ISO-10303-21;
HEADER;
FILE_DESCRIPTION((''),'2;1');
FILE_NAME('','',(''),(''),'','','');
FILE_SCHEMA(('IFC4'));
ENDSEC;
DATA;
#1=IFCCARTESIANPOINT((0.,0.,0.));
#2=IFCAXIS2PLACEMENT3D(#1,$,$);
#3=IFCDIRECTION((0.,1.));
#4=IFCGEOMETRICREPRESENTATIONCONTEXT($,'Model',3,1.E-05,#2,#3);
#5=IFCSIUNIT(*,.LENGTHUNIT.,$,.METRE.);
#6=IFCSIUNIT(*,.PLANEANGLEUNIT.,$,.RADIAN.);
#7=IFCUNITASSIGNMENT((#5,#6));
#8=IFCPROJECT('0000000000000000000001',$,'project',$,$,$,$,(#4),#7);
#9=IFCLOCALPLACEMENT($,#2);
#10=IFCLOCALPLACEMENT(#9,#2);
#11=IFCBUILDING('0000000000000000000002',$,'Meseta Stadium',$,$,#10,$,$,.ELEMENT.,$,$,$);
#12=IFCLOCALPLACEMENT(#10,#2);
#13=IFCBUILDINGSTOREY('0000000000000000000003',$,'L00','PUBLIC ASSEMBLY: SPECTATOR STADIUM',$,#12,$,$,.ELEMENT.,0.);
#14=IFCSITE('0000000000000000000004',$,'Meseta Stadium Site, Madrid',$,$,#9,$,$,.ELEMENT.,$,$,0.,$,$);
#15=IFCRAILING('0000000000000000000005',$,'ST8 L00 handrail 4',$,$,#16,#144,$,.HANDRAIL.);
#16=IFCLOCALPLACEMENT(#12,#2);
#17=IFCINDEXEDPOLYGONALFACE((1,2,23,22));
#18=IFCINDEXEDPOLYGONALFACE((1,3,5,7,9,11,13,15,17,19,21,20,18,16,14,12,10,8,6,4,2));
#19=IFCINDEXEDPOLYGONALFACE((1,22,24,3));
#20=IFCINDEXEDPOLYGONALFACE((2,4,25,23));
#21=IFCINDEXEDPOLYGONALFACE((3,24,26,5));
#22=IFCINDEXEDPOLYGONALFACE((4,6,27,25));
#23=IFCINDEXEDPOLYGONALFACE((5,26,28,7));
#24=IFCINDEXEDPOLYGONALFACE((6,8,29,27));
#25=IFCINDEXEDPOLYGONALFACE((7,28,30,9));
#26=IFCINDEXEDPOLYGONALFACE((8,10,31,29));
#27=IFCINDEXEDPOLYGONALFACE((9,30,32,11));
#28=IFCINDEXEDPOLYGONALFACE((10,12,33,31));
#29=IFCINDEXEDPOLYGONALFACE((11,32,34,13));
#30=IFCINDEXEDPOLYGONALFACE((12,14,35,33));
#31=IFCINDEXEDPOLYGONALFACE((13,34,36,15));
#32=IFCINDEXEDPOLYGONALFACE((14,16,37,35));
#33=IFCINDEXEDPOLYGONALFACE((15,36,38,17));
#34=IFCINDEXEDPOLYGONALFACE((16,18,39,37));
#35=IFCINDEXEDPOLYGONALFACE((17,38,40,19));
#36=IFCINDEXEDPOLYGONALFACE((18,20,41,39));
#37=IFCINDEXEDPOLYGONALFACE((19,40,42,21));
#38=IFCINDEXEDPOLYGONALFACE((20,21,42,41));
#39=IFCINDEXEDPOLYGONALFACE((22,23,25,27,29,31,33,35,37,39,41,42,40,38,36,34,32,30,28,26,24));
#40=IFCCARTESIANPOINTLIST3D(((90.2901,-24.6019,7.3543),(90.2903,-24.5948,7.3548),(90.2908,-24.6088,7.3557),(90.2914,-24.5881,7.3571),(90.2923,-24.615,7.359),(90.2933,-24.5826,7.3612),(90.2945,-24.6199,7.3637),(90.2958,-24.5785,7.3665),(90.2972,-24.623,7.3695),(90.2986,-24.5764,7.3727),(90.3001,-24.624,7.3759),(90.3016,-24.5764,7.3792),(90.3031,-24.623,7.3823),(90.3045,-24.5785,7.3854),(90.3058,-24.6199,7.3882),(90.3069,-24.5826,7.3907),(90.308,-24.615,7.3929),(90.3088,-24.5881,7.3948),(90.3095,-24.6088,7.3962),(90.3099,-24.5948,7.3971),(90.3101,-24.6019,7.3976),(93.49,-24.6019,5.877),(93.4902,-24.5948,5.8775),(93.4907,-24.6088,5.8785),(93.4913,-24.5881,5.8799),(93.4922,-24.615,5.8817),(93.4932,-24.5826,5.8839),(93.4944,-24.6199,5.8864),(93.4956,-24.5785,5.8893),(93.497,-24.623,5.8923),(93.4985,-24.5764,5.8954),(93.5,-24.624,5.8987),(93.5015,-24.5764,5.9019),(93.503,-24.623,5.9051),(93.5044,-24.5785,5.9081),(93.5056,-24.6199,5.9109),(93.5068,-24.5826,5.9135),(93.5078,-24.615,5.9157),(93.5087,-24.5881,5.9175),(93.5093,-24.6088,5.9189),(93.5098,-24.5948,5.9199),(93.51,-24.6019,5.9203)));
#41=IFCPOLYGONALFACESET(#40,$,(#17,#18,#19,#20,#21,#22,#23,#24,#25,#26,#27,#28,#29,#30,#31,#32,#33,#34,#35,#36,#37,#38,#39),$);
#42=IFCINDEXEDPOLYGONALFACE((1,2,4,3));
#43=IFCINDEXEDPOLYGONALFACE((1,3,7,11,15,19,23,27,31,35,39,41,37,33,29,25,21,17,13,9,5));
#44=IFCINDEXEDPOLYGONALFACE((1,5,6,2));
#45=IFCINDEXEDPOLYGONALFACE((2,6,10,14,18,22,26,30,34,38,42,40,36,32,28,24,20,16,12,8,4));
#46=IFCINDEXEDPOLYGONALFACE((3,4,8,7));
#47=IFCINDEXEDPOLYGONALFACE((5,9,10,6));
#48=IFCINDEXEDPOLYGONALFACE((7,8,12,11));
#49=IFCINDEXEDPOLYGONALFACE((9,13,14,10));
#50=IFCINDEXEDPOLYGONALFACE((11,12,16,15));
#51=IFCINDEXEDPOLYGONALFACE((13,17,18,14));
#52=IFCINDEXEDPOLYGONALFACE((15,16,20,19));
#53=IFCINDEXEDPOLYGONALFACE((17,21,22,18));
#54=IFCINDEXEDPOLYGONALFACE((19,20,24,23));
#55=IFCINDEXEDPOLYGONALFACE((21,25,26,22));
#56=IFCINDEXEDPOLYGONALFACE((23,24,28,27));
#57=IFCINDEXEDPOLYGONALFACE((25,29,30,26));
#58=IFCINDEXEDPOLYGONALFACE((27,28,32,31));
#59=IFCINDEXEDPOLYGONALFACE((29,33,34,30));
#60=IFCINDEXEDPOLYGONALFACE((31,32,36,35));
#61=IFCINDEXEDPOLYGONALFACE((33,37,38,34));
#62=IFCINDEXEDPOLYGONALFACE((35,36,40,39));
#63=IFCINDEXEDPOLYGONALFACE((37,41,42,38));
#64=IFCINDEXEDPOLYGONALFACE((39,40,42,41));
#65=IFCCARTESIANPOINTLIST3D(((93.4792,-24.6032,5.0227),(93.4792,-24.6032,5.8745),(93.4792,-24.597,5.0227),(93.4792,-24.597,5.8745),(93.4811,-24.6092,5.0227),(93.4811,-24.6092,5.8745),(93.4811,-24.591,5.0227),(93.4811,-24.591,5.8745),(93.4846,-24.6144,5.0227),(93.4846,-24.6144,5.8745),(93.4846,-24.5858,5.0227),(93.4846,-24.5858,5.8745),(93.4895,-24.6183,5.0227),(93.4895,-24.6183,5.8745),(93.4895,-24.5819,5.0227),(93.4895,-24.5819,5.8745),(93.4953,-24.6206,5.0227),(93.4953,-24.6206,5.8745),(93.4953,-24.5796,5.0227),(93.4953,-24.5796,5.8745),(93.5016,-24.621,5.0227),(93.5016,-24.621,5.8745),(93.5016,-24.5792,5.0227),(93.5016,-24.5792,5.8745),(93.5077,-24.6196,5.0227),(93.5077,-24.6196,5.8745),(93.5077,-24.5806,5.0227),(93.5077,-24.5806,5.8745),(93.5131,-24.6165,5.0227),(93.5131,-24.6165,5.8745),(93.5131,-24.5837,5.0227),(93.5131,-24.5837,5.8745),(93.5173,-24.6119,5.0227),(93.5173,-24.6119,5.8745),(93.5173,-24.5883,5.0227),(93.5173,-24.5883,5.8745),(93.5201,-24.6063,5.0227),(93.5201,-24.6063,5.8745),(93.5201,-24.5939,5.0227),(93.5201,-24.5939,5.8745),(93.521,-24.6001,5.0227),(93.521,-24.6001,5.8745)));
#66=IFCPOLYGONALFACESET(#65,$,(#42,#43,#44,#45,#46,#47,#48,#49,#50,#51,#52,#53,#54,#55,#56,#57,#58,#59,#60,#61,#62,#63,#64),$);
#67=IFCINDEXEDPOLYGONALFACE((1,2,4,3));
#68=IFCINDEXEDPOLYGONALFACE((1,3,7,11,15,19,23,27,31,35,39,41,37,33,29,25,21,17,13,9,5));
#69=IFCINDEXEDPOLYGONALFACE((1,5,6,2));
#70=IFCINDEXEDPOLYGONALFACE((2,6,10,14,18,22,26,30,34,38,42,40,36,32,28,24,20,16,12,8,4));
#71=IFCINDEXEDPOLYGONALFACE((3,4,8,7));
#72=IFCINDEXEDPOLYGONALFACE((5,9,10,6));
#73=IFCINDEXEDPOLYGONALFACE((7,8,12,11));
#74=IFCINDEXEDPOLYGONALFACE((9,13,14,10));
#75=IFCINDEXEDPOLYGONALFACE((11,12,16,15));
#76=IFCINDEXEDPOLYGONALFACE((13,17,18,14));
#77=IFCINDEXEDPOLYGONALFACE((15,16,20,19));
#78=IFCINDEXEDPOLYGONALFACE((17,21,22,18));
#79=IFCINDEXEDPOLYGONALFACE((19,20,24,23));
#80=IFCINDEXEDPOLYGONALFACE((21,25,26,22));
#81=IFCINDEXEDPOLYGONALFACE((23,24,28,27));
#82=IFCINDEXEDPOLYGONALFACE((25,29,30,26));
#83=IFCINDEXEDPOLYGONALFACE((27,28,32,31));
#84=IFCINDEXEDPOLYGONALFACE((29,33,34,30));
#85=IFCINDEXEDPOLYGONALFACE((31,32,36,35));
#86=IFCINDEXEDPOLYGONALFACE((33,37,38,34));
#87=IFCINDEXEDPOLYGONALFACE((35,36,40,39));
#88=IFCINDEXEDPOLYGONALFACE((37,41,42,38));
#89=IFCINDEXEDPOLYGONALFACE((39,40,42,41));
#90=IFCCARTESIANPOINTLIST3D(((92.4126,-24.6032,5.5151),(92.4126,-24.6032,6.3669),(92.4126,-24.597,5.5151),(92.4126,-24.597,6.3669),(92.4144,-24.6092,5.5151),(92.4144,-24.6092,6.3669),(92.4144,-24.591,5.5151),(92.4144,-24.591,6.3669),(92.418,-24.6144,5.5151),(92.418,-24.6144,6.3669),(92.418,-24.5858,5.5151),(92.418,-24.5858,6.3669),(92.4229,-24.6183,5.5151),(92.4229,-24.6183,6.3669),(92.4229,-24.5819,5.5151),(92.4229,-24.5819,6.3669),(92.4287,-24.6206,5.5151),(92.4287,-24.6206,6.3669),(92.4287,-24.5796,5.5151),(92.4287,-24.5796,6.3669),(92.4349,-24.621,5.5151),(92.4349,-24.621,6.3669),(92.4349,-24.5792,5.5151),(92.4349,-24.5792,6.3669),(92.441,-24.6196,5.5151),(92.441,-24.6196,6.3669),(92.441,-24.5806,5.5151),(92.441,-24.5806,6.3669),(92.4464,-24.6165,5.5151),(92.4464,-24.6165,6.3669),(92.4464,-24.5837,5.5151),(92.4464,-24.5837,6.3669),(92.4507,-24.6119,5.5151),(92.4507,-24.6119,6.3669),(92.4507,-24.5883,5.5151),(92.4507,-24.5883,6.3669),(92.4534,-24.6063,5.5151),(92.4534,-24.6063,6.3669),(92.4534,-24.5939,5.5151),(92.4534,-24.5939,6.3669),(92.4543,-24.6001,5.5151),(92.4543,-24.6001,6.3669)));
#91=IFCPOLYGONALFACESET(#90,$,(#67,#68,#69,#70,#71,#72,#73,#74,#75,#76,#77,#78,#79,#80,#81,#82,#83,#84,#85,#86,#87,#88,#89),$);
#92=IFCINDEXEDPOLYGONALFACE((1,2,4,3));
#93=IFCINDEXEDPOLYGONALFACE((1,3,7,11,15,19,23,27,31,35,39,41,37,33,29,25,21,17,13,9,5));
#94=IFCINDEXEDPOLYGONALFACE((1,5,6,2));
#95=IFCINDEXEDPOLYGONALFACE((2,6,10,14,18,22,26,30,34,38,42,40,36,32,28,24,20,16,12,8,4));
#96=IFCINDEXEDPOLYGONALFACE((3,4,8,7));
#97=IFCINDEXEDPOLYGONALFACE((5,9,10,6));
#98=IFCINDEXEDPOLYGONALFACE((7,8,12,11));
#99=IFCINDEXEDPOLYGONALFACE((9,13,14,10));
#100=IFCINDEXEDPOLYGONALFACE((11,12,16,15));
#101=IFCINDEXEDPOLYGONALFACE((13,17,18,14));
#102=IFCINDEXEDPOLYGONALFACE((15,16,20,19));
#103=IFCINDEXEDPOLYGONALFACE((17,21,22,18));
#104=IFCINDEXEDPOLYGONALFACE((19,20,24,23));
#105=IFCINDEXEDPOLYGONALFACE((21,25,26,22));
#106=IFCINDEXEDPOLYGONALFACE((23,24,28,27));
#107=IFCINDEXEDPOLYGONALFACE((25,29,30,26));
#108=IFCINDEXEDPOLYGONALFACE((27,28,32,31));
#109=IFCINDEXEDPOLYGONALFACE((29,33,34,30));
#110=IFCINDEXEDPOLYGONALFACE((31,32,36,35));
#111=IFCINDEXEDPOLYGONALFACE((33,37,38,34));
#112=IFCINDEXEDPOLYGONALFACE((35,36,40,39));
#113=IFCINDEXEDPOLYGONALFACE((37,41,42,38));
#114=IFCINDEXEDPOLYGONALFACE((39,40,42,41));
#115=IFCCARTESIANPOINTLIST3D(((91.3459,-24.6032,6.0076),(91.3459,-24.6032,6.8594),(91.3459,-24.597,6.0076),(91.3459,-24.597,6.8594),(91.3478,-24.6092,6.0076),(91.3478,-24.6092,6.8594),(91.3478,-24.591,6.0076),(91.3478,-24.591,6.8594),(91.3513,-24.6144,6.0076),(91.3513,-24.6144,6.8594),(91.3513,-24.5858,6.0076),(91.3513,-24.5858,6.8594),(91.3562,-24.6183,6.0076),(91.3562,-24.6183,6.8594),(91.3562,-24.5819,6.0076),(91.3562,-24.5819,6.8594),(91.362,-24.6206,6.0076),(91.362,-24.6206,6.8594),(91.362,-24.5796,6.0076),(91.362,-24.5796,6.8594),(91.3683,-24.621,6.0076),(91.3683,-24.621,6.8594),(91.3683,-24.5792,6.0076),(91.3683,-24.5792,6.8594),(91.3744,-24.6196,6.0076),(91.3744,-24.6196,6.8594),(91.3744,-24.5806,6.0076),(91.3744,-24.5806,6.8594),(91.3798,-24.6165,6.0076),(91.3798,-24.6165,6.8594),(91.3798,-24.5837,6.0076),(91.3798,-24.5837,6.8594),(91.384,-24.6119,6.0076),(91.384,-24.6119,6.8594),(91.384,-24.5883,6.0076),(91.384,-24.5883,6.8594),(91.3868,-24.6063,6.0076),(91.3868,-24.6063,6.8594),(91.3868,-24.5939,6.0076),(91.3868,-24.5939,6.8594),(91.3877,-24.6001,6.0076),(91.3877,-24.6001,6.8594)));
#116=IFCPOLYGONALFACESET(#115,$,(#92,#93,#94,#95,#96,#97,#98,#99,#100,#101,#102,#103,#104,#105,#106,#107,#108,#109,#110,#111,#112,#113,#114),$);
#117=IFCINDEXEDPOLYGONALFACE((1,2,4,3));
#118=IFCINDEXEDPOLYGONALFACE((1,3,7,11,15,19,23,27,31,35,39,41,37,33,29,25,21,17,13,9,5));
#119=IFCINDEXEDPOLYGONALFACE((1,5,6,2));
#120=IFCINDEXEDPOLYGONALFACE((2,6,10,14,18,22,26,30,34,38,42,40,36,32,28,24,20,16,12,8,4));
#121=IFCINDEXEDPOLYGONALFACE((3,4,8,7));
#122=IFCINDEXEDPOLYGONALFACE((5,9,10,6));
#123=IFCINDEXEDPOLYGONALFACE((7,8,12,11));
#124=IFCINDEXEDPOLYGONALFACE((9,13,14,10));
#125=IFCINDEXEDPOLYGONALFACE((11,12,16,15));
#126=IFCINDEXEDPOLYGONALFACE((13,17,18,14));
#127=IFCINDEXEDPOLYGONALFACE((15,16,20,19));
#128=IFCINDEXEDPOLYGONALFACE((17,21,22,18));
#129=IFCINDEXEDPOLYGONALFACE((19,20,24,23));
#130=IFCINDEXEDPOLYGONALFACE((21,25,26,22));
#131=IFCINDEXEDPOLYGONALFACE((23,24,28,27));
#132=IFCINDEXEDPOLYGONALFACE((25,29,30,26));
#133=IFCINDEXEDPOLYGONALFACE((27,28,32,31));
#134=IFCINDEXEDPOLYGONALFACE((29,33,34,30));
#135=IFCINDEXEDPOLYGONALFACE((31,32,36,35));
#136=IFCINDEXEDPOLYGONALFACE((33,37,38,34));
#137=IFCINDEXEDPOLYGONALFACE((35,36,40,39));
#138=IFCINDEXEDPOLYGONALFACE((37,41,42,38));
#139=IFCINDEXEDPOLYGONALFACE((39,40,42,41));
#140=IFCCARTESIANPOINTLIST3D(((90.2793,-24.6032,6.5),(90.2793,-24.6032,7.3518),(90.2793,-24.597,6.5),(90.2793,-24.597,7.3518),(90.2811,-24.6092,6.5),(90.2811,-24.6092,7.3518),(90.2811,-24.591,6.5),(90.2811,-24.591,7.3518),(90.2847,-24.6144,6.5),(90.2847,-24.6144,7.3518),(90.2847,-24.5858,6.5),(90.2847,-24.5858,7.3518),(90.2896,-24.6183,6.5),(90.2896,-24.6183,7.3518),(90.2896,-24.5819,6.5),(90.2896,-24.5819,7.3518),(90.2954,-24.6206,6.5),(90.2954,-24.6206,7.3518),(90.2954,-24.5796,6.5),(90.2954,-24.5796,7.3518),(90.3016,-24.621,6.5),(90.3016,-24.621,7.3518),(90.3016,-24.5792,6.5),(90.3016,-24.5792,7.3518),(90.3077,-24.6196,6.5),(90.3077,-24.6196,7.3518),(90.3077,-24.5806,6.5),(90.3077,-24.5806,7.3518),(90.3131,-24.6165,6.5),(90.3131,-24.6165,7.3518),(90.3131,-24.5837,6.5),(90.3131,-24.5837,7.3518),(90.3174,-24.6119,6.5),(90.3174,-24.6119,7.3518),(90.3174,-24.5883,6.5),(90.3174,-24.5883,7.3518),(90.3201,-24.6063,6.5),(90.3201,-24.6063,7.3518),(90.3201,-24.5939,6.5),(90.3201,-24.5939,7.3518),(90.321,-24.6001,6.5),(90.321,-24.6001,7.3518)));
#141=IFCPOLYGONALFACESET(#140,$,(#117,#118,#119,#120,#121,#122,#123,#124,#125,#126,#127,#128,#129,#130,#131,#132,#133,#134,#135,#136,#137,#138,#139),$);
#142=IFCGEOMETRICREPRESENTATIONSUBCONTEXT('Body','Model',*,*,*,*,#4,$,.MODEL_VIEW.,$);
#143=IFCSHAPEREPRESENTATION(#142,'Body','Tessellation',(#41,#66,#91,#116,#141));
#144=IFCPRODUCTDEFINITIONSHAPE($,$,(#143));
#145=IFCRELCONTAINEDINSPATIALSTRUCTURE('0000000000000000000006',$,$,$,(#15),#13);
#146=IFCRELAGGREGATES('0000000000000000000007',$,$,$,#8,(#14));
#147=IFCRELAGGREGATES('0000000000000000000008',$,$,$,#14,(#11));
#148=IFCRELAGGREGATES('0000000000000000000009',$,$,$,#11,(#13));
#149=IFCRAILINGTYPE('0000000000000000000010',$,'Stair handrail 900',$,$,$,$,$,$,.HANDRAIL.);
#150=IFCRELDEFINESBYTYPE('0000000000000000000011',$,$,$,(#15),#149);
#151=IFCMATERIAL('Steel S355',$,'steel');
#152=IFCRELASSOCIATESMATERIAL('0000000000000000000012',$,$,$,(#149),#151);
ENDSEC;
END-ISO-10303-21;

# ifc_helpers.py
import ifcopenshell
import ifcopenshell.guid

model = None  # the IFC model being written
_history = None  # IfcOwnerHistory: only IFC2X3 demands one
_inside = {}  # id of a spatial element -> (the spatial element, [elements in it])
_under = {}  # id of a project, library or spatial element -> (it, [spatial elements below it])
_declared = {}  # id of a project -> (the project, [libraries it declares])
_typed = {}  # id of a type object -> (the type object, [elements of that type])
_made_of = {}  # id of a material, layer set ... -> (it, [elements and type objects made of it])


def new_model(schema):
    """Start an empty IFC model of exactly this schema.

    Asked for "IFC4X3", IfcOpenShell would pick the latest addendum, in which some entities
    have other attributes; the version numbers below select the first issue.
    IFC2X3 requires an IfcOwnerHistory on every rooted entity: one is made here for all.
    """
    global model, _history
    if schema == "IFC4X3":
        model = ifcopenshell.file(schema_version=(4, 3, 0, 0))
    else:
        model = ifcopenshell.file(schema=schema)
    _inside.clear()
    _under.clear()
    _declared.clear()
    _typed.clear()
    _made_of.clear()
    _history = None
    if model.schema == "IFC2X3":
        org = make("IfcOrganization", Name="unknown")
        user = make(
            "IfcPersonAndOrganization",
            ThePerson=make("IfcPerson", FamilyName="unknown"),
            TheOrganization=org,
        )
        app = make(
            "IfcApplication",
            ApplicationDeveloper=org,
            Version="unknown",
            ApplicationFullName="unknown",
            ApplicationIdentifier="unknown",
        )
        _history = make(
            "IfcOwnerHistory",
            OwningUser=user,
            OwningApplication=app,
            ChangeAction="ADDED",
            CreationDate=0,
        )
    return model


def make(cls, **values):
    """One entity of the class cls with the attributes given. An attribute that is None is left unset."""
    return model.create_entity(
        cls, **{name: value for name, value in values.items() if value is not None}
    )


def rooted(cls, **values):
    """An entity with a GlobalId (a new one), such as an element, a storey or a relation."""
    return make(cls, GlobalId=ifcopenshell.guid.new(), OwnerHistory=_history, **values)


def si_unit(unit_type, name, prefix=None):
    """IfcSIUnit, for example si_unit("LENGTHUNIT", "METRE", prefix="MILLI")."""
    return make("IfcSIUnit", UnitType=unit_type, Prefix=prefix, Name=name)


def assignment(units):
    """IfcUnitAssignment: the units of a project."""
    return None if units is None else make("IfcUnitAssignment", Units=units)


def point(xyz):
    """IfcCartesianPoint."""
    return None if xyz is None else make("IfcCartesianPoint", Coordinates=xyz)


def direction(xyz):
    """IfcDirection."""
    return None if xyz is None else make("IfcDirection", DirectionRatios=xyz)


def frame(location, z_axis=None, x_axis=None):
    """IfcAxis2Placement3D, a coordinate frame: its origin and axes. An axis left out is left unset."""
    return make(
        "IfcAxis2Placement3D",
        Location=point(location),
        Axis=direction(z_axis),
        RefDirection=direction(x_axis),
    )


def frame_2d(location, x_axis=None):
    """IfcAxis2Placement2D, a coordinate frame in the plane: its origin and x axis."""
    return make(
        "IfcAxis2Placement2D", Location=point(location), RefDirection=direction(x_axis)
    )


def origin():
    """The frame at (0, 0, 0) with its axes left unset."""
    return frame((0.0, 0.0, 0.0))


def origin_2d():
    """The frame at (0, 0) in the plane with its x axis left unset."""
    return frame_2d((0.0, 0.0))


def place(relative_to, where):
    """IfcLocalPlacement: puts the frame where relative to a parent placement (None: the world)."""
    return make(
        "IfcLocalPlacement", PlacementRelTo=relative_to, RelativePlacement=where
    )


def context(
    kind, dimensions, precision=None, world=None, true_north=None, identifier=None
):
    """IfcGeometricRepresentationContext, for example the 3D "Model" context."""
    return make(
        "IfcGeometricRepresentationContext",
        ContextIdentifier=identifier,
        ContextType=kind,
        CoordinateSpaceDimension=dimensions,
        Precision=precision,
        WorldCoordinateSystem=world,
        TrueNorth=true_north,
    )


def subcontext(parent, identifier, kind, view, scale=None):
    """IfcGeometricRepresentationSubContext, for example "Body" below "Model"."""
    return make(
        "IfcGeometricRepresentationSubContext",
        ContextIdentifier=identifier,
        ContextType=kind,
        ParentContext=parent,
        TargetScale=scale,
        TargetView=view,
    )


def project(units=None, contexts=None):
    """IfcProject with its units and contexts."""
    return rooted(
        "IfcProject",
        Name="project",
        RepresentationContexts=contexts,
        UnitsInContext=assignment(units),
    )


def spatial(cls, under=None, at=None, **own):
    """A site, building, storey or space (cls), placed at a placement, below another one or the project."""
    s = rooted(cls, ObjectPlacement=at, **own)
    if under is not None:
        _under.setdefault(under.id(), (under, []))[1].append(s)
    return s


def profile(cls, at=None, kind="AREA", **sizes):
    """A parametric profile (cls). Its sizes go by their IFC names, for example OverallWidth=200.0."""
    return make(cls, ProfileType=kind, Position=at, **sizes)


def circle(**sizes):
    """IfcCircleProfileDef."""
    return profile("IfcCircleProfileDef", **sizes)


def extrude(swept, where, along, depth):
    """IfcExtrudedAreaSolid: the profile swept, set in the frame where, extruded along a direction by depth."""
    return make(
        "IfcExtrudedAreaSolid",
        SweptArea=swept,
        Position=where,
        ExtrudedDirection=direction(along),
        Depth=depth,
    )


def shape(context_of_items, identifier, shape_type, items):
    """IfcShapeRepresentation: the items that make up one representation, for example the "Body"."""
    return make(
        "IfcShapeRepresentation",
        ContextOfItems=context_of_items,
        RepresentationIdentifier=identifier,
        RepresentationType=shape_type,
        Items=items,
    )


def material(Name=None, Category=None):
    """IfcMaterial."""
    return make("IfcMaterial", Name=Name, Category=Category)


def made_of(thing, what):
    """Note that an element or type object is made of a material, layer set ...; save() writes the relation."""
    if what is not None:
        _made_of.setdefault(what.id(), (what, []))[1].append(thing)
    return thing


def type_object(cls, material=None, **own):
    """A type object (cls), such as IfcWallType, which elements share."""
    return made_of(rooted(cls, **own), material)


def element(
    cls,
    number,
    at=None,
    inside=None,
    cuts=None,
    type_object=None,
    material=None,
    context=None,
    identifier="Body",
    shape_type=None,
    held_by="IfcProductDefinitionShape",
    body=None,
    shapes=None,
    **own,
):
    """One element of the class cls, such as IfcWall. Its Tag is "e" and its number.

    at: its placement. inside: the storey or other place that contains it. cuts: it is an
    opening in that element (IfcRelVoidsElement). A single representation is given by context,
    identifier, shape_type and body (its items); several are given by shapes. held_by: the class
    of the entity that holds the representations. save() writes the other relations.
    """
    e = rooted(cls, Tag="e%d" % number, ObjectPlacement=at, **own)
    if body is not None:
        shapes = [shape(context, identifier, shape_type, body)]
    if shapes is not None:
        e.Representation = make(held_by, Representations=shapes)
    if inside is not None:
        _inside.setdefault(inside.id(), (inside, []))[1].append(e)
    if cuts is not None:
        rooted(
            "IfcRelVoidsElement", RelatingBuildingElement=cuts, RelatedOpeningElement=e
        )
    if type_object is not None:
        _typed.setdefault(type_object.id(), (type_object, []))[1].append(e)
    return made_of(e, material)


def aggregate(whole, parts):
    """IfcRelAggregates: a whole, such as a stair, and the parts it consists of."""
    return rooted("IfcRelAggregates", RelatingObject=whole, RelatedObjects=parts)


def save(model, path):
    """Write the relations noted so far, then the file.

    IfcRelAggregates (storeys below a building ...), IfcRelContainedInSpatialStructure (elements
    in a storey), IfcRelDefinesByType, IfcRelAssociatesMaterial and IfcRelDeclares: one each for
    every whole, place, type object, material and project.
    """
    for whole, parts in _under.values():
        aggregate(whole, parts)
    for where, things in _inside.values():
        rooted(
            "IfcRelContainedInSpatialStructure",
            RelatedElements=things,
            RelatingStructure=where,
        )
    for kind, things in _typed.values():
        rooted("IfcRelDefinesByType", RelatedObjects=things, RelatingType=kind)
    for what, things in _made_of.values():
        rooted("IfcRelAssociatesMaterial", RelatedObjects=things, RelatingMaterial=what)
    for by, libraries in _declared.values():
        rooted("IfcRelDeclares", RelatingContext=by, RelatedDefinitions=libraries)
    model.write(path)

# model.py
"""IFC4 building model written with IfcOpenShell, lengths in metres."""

from ifc_helpers import new_model, si_unit, direction, frame, origin, origin_2d, place, context, subcontext, project, spatial, circle, extrude, material, type_object, element, save


model = new_model("IFC4")

# Units and contexts
model_context = context("Model", 3, precision=1e-05, world=origin(), true_north=direction((0.0, 1.0)))
body_context = subcontext(model_context, "Body", "Model", "MODEL_VIEW")
ifc_project = project(units=[si_unit("LENGTHUNIT", "METRE"), si_unit("PLANEANGLEUNIT", "RADIAN")], contexts=[model_context])

# Site, building, storey
site_placement = place(None, origin())
site = spatial("IfcSite", under=ifc_project, at=site_placement, Name="Meseta Stadium Site, Madrid", CompositionType="ELEMENT", RefElevation=0.0)
building_placement = place(site_placement, origin())
building = spatial("IfcBuilding", under=site, at=building_placement, Name="Meseta Stadium", CompositionType="ELEMENT")
storey_placement = place(building_placement, origin())
storey = spatial("IfcBuildingStorey", under=building, at=storey_placement, Name="L00", Description="PUBLIC ASSEMBLY: SPECTATOR STADIUM", CompositionType="ELEMENT", Elevation=0.0)

# Railing
ifc_material_1 = material(Name="Steel S355", Category="steel")
railing_type_1 = type_object("IfcRailingType", Name="Stair handrail 900", PredefinedType="HANDRAIL", material=ifc_material_1)
railing_1_placement = place(storey_placement, frame((93.5, -24.6001, 5.0227)))
element("IfcRailing", 1, at=railing_1_placement, inside=storey, type_object=railing_type_1, Name="ST8 L00 handrail 4", PredefinedType="HANDRAIL", context=body_context, shape_type="SweptSolid", body=[
    extrude(circle(Radius=0.0239, at=origin_2d()), frame((0.0, 0.0, 0.876), z_axis=(-0.907917, 0.0, 0.41915), x_axis=(0.0, -1.0, 0.0)), (0.0, 0.0, 1.0), 3.5244),
    extrude(circle(Radius=0.021, at=origin_2d()), origin(), (0.0, 0.0, 1.0), 0.8518),
    extrude(circle(Radius=0.021, at=origin_2d()), frame((-1.0667, 0.0, 0.4924)), (0.0, 0.0, 1.0), 0.8518),
    extrude(circle(Radius=0.021, at=origin_2d()), frame((-2.1333, 0.0, 0.9849)), (0.0, 0.0, 1.0), 0.8518),
    extrude(circle(Radius=0.021, at=origin_2d()), frame((-3.2, 0.0, 1.4773)), (0.0, 0.0, 1.0), 0.8518),
])

save(model, "model.ifc")
